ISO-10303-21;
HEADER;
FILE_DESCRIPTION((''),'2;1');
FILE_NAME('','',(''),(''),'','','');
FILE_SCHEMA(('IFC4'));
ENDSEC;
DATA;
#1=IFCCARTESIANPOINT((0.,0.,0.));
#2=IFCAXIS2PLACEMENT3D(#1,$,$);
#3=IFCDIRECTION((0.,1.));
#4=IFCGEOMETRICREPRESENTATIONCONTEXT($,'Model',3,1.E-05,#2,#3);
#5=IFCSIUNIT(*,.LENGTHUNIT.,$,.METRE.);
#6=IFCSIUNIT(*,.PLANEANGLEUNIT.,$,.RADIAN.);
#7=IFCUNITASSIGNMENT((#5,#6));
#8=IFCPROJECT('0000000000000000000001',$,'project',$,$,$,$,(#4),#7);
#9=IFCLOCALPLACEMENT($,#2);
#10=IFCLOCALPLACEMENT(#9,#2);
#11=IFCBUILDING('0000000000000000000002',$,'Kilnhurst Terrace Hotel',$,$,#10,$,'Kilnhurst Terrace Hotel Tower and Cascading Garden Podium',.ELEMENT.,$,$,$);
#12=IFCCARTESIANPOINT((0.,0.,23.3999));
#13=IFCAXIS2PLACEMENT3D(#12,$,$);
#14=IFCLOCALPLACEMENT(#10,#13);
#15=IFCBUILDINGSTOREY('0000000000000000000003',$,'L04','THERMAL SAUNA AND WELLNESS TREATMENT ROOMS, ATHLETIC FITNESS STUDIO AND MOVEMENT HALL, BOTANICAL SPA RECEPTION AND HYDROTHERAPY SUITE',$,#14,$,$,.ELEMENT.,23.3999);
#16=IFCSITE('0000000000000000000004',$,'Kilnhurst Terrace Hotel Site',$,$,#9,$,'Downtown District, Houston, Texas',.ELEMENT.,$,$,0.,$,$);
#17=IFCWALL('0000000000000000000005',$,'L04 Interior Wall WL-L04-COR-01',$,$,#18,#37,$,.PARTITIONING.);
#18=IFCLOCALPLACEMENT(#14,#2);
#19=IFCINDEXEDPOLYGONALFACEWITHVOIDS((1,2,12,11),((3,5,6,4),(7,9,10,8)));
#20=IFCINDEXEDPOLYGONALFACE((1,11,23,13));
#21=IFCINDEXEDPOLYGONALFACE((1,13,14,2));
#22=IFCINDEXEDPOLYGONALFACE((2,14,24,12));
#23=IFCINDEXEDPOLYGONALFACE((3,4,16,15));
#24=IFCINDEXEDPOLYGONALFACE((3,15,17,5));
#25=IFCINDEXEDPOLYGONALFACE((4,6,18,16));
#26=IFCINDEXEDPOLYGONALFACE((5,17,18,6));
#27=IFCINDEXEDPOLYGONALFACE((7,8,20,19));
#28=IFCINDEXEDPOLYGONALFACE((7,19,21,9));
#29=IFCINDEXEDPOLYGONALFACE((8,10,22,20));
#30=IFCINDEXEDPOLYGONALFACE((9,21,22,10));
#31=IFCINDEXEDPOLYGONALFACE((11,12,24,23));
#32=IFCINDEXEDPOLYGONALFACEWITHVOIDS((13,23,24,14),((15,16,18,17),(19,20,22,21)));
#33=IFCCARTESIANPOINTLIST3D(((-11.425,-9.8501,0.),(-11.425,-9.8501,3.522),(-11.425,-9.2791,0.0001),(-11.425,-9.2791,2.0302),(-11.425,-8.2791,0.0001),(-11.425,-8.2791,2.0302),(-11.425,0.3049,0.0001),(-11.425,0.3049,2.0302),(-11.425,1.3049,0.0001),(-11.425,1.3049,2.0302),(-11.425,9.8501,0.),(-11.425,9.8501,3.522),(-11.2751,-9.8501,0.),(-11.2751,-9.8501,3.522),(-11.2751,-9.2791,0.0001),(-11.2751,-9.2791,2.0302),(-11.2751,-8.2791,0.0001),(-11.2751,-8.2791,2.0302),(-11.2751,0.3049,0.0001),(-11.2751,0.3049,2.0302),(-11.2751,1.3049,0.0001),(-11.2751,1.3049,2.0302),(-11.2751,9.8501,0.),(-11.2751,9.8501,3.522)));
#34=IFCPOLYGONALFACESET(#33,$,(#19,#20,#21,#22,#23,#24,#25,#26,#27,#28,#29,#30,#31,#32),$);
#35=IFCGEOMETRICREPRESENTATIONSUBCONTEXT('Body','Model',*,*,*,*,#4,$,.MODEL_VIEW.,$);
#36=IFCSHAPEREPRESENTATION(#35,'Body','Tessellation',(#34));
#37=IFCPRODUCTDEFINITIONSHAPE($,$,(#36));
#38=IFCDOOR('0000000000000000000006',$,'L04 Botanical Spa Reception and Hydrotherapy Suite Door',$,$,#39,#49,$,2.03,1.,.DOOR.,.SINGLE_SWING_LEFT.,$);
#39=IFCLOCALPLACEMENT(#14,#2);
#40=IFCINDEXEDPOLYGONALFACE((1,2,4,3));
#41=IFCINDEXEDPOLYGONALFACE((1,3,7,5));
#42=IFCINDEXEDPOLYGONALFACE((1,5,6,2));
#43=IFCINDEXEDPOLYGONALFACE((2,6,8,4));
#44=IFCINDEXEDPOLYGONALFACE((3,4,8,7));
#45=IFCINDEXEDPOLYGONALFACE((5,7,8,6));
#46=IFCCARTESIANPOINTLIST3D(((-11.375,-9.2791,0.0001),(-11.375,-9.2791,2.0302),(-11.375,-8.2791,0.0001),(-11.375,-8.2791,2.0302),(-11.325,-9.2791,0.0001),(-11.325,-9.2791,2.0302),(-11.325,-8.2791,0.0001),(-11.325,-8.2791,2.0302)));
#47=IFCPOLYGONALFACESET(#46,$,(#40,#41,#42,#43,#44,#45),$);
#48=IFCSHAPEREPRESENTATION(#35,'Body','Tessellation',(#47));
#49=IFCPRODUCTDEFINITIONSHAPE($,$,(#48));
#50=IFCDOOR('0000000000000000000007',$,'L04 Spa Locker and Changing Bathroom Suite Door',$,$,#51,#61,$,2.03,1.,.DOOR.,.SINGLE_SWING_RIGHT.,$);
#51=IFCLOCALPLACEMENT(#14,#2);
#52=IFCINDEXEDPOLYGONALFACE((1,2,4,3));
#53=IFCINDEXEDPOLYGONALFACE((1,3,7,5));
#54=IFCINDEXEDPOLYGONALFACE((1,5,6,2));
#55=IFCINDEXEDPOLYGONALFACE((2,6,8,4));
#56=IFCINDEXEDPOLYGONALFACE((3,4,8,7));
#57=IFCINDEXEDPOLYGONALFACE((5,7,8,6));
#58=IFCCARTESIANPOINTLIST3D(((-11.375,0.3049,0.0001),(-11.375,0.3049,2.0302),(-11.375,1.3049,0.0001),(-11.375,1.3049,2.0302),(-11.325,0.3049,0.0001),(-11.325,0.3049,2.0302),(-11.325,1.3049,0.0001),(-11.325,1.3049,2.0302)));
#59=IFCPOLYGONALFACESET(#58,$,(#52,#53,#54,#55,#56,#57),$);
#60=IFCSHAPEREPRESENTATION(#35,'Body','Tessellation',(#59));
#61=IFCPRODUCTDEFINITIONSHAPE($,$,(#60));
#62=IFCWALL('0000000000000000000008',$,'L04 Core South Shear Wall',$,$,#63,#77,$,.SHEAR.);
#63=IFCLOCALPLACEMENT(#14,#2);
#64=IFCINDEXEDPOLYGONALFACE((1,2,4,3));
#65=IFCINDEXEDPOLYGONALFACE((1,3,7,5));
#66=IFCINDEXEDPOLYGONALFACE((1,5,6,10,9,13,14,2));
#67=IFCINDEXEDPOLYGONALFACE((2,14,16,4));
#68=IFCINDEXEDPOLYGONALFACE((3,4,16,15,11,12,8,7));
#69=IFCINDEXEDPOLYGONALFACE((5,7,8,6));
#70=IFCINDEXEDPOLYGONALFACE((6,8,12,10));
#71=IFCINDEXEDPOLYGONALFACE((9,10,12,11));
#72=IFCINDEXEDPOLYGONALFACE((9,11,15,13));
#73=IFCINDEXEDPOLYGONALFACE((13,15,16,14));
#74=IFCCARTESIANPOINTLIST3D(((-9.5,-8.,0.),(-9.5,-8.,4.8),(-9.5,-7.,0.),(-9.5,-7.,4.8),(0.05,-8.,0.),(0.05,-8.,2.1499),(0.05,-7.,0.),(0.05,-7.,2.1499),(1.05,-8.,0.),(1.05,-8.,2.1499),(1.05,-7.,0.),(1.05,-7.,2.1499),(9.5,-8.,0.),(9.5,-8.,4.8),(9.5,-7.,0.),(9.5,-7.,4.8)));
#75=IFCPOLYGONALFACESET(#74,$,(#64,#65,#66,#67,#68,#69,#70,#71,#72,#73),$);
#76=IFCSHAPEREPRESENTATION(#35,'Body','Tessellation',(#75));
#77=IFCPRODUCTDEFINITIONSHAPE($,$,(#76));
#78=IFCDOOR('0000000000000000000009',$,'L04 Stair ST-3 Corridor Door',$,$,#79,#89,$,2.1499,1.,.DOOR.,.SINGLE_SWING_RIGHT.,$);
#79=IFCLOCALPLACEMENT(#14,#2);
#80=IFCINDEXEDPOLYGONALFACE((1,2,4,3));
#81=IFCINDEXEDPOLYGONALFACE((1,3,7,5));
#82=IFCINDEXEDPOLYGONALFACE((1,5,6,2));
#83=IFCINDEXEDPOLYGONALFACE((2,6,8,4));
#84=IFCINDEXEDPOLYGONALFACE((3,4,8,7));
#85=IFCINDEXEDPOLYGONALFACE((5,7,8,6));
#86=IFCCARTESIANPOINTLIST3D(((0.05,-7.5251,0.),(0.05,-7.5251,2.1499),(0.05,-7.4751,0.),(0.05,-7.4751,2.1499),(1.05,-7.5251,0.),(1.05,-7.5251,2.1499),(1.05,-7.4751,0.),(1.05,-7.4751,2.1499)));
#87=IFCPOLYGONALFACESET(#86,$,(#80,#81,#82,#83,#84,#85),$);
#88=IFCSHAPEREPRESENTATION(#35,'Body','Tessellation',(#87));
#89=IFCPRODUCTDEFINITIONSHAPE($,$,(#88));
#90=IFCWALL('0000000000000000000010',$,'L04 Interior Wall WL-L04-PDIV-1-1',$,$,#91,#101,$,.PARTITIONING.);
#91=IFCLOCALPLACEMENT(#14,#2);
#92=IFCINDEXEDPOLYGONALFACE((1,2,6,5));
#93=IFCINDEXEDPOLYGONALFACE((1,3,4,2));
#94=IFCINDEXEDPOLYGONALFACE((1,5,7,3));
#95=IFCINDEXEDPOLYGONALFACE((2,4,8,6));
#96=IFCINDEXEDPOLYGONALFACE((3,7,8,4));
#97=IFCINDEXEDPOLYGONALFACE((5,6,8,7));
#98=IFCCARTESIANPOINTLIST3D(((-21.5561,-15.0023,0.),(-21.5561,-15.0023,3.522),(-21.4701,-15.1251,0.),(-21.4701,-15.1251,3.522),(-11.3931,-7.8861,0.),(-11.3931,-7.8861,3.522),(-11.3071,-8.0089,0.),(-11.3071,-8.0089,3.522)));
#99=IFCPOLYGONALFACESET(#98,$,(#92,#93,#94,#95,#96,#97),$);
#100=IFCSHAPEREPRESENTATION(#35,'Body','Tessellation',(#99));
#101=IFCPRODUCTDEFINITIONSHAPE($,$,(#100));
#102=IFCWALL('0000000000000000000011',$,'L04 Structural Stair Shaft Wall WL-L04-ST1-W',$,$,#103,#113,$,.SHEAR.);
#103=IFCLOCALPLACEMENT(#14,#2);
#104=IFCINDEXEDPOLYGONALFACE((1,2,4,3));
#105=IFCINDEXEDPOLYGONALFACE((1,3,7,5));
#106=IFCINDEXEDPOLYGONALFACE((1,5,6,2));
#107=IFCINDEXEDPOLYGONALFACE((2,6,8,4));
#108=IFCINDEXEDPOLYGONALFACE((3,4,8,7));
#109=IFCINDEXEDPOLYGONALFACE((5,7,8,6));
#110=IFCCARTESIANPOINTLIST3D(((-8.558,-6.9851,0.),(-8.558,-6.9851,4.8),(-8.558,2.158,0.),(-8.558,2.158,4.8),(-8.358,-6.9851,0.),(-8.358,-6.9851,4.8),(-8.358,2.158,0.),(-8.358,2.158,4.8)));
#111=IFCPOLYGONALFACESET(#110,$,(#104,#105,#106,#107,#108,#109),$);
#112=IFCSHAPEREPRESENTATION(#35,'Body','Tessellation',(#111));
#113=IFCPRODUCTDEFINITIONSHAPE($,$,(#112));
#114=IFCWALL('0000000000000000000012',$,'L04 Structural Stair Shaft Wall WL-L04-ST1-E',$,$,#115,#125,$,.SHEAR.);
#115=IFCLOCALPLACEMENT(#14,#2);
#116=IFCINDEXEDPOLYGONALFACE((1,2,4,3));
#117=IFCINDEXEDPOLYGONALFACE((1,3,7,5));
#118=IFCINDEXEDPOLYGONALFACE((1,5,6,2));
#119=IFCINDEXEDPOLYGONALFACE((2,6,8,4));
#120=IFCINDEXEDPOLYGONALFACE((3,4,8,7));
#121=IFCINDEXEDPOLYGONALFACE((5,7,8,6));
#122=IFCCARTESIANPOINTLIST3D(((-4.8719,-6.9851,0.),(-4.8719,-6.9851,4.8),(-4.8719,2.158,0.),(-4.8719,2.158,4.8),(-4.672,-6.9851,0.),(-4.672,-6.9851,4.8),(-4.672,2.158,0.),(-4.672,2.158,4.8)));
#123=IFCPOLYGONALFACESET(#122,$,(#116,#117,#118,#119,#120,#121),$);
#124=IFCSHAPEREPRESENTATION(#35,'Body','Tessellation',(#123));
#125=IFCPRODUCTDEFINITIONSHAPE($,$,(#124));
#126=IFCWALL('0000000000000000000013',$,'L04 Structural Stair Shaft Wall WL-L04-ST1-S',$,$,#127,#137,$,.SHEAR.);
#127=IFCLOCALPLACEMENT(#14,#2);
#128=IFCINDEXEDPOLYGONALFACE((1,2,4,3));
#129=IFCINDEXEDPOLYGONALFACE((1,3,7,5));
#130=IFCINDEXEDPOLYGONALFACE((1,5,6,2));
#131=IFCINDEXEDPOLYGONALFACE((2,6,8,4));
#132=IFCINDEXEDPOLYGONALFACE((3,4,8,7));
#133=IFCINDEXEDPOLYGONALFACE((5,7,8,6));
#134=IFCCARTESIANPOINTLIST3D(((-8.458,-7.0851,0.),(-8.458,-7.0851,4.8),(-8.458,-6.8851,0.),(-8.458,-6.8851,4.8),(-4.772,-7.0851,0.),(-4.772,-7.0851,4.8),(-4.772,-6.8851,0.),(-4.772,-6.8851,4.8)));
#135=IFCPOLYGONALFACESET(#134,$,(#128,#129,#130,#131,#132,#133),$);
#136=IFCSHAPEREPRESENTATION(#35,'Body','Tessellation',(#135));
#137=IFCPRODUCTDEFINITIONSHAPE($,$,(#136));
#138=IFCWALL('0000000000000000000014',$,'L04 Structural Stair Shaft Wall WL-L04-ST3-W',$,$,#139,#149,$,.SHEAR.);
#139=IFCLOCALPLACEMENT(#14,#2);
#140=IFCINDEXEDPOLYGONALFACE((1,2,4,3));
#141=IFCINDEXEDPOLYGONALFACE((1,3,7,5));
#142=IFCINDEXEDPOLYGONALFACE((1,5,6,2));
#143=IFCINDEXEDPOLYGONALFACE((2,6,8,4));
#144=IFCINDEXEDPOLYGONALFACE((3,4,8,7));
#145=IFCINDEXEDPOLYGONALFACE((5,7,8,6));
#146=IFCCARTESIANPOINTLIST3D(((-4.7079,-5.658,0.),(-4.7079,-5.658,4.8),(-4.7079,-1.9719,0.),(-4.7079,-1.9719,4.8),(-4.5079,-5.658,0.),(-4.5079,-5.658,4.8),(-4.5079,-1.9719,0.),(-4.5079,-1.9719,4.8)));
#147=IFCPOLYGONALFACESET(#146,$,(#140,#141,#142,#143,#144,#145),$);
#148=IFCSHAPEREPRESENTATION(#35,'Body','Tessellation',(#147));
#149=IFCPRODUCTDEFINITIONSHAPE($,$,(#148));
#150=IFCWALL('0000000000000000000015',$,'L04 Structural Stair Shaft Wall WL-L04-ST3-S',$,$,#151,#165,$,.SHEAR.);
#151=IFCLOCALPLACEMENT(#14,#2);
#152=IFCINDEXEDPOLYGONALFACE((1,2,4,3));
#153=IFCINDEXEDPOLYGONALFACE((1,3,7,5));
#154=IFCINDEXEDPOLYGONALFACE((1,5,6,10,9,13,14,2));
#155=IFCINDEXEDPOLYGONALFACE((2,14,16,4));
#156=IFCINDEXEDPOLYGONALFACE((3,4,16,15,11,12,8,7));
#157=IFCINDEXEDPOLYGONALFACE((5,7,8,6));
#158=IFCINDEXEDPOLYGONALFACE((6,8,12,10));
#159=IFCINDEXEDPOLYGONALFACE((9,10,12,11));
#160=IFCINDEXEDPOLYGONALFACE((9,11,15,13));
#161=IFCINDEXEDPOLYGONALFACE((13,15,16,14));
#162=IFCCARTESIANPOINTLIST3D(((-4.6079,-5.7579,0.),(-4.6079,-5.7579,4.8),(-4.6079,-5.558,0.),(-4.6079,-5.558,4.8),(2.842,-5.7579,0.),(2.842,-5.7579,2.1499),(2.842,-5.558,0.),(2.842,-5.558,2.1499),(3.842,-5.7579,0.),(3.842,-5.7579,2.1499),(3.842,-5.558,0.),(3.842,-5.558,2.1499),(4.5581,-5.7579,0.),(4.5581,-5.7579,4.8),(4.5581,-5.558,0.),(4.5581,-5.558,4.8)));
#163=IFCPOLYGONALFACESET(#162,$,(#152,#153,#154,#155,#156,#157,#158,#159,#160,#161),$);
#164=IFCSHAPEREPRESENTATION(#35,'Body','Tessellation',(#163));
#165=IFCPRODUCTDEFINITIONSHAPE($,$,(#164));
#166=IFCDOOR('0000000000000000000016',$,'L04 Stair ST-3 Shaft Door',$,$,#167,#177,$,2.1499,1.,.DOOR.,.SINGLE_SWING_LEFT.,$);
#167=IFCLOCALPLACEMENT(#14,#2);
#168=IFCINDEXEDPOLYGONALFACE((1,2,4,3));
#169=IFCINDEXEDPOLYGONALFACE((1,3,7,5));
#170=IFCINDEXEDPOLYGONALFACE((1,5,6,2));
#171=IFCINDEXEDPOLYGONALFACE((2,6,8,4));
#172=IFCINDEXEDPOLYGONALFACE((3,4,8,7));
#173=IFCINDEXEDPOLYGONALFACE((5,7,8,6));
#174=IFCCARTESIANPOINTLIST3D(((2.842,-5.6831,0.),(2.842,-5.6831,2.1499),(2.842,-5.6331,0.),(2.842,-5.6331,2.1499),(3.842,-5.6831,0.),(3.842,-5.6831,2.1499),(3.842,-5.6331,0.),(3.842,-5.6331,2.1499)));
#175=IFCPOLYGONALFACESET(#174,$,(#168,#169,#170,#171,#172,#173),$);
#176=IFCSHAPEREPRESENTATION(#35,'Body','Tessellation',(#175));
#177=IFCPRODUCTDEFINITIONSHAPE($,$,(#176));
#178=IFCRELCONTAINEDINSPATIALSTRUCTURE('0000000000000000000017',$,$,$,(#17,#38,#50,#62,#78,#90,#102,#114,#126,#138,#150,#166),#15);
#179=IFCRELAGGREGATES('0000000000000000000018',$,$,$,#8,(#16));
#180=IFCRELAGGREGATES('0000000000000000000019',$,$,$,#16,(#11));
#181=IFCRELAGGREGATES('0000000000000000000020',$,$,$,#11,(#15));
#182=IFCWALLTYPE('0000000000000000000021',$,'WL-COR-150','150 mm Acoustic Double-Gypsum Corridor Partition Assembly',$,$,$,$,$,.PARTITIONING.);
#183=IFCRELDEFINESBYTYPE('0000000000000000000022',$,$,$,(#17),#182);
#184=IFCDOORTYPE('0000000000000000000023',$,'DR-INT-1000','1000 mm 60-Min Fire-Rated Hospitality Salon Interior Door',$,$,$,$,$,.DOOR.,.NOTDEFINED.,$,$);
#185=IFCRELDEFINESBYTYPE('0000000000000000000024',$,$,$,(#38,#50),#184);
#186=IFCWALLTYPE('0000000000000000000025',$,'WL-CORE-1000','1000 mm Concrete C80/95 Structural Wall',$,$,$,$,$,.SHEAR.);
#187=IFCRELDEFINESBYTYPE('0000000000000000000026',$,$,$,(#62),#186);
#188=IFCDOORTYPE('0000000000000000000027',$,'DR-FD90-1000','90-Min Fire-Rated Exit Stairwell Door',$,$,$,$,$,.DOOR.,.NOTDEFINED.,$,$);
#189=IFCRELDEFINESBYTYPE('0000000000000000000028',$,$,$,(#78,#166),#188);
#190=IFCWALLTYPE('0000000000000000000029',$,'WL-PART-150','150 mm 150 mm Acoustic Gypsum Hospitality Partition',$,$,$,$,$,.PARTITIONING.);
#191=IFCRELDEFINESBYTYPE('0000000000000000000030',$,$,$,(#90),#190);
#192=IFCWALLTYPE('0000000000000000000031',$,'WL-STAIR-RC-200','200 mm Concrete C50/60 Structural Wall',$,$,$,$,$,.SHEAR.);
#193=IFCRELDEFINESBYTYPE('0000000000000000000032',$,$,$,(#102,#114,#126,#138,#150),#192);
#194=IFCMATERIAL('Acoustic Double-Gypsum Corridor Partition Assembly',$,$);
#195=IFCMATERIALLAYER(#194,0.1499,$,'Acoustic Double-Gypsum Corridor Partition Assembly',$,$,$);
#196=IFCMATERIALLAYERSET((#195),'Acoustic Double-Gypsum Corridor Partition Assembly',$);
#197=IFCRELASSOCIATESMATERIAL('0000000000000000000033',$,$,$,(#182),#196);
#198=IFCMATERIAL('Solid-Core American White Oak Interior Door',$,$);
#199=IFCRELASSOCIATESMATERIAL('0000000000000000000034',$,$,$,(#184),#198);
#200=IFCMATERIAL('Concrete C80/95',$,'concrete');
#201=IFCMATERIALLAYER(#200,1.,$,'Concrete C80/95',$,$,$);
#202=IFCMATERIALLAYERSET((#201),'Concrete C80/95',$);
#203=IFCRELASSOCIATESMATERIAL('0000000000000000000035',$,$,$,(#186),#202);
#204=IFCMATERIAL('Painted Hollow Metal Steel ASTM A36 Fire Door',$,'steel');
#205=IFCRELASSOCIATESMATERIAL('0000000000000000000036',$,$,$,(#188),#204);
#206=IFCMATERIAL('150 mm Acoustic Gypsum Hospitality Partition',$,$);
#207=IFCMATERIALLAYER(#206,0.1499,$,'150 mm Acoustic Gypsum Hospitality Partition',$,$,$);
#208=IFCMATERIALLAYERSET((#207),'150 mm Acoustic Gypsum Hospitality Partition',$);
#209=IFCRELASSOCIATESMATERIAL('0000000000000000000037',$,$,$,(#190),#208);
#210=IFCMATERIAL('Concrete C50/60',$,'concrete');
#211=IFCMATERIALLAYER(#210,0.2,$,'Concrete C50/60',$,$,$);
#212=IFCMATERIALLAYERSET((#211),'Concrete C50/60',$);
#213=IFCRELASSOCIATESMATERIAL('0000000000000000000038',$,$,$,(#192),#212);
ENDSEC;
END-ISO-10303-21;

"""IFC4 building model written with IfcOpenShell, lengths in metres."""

from ifc_helpers import new_model, si_unit, direction, frame, frame_2d, origin, place, context, subcontext, project, spatial, rectangle, extrude, material, layer, layer_set, type_object, element, fill, save


model = new_model("IFC4")

# Units and contexts
model_context = context("Model", 3, precision=1e-05, world=origin(), true_north=direction((0.0, 1.0)))
body_context = subcontext(model_context, "Body", "Model", "MODEL_VIEW")
ifc_project = project(units=[si_unit("LENGTHUNIT", "METRE"), si_unit("PLANEANGLEUNIT", "RADIAN")], contexts=[model_context])

# Site, building, storey
site_placement = place(None, origin())
site = spatial("IfcSite", under=ifc_project, at=site_placement, Name="Kilnhurst Terrace Hotel Site", LongName="Downtown District, Houston, Texas", CompositionType="ELEMENT", RefElevation=0.0)
building_placement = place(site_placement, origin())
building = spatial("IfcBuilding", under=site, at=building_placement, Name="Kilnhurst Terrace Hotel", LongName="Kilnhurst Terrace Hotel Tower and Cascading Garden Podium", CompositionType="ELEMENT")
storey_placement = place(building_placement, frame((0.0, 0.0, 23.3999)))
storey = spatial("IfcBuildingStorey", under=building, at=storey_placement, Name="L04", Description="THERMAL SAUNA AND WELLNESS TREATMENT ROOMS, ATHLETIC FITNESS STUDIO AND MOVEMENT HALL, BOTANICAL SPA RECEPTION AND HYDROTHERAPY SUITE", CompositionType="ELEMENT", Elevation=23.3999)

# Shared definitions
ifc_material_1 = material(Name="Concrete C80/95", Category="concrete")

# Shared definitions
ifc_material_2 = material(Name="Concrete C50/60", Category="concrete")

# Wall, openings, doors
ifc_material_3 = material(Name="Acoustic Double-Gypsum Corridor Partition Assembly")
ifc_layer_1 = layer(ifc_material_3, 0.1499, Name="Acoustic Double-Gypsum Corridor Partition Assembly")
ifc_layer_set_1 = layer_set([ifc_layer_1], Name="Acoustic Double-Gypsum Corridor Partition Assembly")
wall_type_1 = type_object("IfcWallType", Name="WL-COR-150", Description="150 mm Acoustic Double-Gypsum Corridor Partition Assembly", PredefinedType="PARTITIONING", material=ifc_layer_set_1)
wall_1_placement = place(storey_placement, frame((-11.3501, -9.8501, 0.0), z_axis=(0.0, 0.0, 1.0), x_axis=(0.0, 1.0, 0.0)))
wall_1 = element("IfcWall", 1, at=wall_1_placement, inside=storey, type_object=wall_type_1, Name="L04 Interior Wall WL-L04-COR-01", PredefinedType="PARTITIONING", context=body_context, shape_type="SweptSolid", body=[
    extrude(rectangle(XDim=19.7002, YDim=0.1499, at=frame_2d((9.8501, 0.0))), origin(), (0.0, 0.0, 1.0), 3.522),
])
opening_1_placement = place(wall_1_placement, frame((0.571, 0.0, 0.0)))
opening_1 = element("IfcOpeningElement", 2, at=opening_1_placement, cuts=wall_1, PredefinedType="OPENING", context=body_context, shape_type="SweptSolid", body=[
    extrude(rectangle(XDim=1.0, YDim=2.03, at=frame_2d((0.5, 1.0151))), frame((0.0, 0.085, 0.0), z_axis=(0.0, -1.0, 0.0), x_axis=(1.0, 0.0, 0.0)), (0.0, 0.0, 1.0), 0.1699),
])
opening_2_placement = place(wall_1_placement, frame((10.155, 0.0, 0.0)))
opening_2 = element("IfcOpeningElement", 3, at=opening_2_placement, cuts=wall_1, PredefinedType="OPENING", context=body_context, shape_type="SweptSolid", body=[
    extrude(rectangle(XDim=1.0, YDim=2.03, at=frame_2d((0.5, 1.0151))), frame((0.0, 0.085, 0.0), z_axis=(0.0, -1.0, 0.0), x_axis=(1.0, 0.0, 0.0)), (0.0, 0.0, 1.0), 0.1699),
])
ifc_material_4 = material(Name="Solid-Core American White Oak Interior Door")
door_type_1 = type_object("IfcDoorType", Name="DR-INT-1000", Description="1000 mm 60-Min Fire-Rated Hospitality Salon Interior Door", OperationType="NOTDEFINED", PredefinedType="DOOR", material=ifc_material_4)
door_1_placement = place(opening_1_placement, origin())
door_1 = element("IfcDoor", 4, at=door_1_placement, inside=storey, type_object=door_type_1, Name="L04 Botanical Spa Reception and Hydrotherapy Suite Door", OperationType="SINGLE_SWING_LEFT", OverallHeight=2.03, OverallWidth=1.0, PredefinedType="DOOR", context=body_context, shape_type="SweptSolid", body=[
    extrude(rectangle(XDim=1.0, YDim=2.03, at=frame_2d((0.5, 1.0151))), frame((0.0, 0.0249, 0.0), z_axis=(0.0, -1.0, 0.0), x_axis=(1.0, 0.0, 0.0)), (0.0, 0.0, 1.0), 0.05),
])
fill(opening_1, door_1)
door_2_placement = place(opening_2_placement, origin())
door_2 = element("IfcDoor", 5, at=door_2_placement, inside=storey, type_object=door_type_1, Name="L04 Spa Locker and Changing Bathroom Suite Door", OperationType="SINGLE_SWING_RIGHT", OverallHeight=2.03, OverallWidth=1.0, PredefinedType="DOOR", context=body_context, shape_type="SweptSolid", body=[
    extrude(rectangle(XDim=1.0, YDim=2.03, at=frame_2d((0.5, 1.0151))), frame((0.0, 0.0249, 0.0), z_axis=(0.0, -1.0, 0.0), x_axis=(1.0, 0.0, 0.0)), (0.0, 0.0, 1.0), 0.05),
])
fill(opening_2, door_2)

# Wall, opening, door
ifc_layer_2 = layer(ifc_material_1, 1.0, Name="Concrete C80/95")
ifc_layer_set_2 = layer_set([ifc_layer_2], Name="Concrete C80/95")
wall_type_2 = type_object("IfcWallType", Name="WL-CORE-1000", Description="1000 mm Concrete C80/95 Structural Wall", PredefinedType="SHEAR", material=ifc_layer_set_2)
wall_2_placement = place(storey_placement, frame((-9.5, -7.5, 0.0), z_axis=(0.0, 0.0, 1.0), x_axis=(1.0, 0.0, 0.0)))
wall_2 = element("IfcWall", 6, at=wall_2_placement, inside=storey, type_object=wall_type_2, Name="L04 Core South Shear Wall", PredefinedType="SHEAR", context=body_context, shape_type="SweptSolid", body=[
    extrude(rectangle(XDim=19.0, YDim=1.0, at=frame_2d((9.5, 0.0))), origin(), (0.0, 0.0, 1.0), 4.8),
])
opening_3_placement = place(wall_2_placement, frame((9.55, 0.0, 0.0)))
opening_3 = element("IfcOpeningElement", 7, at=opening_3_placement, cuts=wall_2, PredefinedType="OPENING", context=body_context, shape_type="SweptSolid", body=[
    extrude(rectangle(XDim=1.0, YDim=2.1499, at=frame_2d((0.5, 1.075))), frame((0.0, 0.51, 0.0), z_axis=(0.0, -1.0, 0.0), x_axis=(1.0, 0.0, 0.0)), (0.0, 0.0, 1.0), 1.02),
])
ifc_material_5 = material(Name="Painted Hollow Metal Steel ASTM A36 Fire Door", Category="steel")
door_type_2 = type_object("IfcDoorType", Name="DR-FD90-1000", Description="90-Min Fire-Rated Exit Stairwell Door", OperationType="NOTDEFINED", PredefinedType="DOOR", material=ifc_material_5)
door_3_placement = place(opening_3_placement, origin())
door_3 = element("IfcDoor", 8, at=door_3_placement, inside=storey, type_object=door_type_2, Name="L04 Stair ST-3 Corridor Door", OperationType="SINGLE_SWING_RIGHT", OverallHeight=2.1499, OverallWidth=1.0, PredefinedType="DOOR", context=body_context, shape_type="SweptSolid", body=[
    extrude(rectangle(XDim=1.0, YDim=2.1499, at=frame_2d((0.5, 1.075))), frame((0.0, 0.0249, 0.0), z_axis=(0.0, -1.0, 0.0), x_axis=(1.0, 0.0, 0.0)), (0.0, 0.0, 1.0), 0.05),
])
fill(opening_3, door_3)

# Walls
ifc_material_6 = material(Name="150 mm Acoustic Gypsum Hospitality Partition")
ifc_layer_3 = layer(ifc_material_6, 0.1499, Name="150 mm Acoustic Gypsum Hospitality Partition")
ifc_layer_set_3 = layer_set([ifc_layer_3], Name="150 mm Acoustic Gypsum Hospitality Partition")
wall_type_3 = type_object("IfcWallType", Name="WL-PART-150", Description="150 mm 150 mm Acoustic Gypsum Hospitality Partition", PredefinedType="PARTITIONING", material=ifc_layer_set_3)
wall_3_placement = place(storey_placement, frame((-11.3501, -7.9475, 0.0), z_axis=(0.0, 0.0, 1.0), x_axis=(-0.819154, -0.573573, 0.0)))
element("IfcWall", 9, at=wall_3_placement, inside=storey, type_object=wall_type_3, Name="L04 Interior Wall WL-L04-PDIV-1-1", PredefinedType="PARTITIONING", context=body_context, shape_type="SweptSolid", body=[
    extrude(rectangle(XDim=12.4067, YDim=0.1499, at=frame_2d((6.2034, 0.0))), origin(), (0.0, 0.0, 1.0), 3.522),
])
ifc_layer_4 = layer(ifc_material_2, 0.2, Name="Concrete C50/60")
ifc_layer_set_4 = layer_set([ifc_layer_4], Name="Concrete C50/60")
wall_type_4 = type_object("IfcWallType", Name="WL-STAIR-RC-200", Description="200 mm Concrete C50/60 Structural Wall", PredefinedType="SHEAR", material=ifc_layer_set_4)
for number, where, z_axis, x_axis, name in (
    (10, (-8.458, -6.9851, 0.0), (0.0, 0.0, 1.0), (0.0, 1.0, 0.0), "L04 Structural Stair Shaft Wall WL-L04-ST1-W"),
    (11, (-4.772, -6.9851, 0.0), (0.0, 0.0, 1.0), (0.0, 1.0, 0.0), "L04 Structural Stair Shaft Wall WL-L04-ST1-E"),
):
    element("IfcWall", number, at=place(storey_placement, frame(where, z_axis=z_axis, x_axis=x_axis)), inside=storey, type_object=wall_type_4, Name=name, PredefinedType="SHEAR", context=body_context, shape_type="SweptSolid", body=[
        extrude(rectangle(XDim=9.1431, YDim=0.2, at=frame_2d((4.5715, 0.0))), origin(), (0.0, 0.0, 1.0), 4.8),
    ])
for number, where, z_axis, x_axis, name in (
    (12, (-8.458, -6.9851, 0.0), (0.0, 0.0, 1.0), (1.0, 0.0, 0.0), "L04 Structural Stair Shaft Wall WL-L04-ST1-S"),
    (13, (-4.6079, -5.658, 0.0), (0.0, 0.0, 1.0), (0.0, 1.0, 0.0), "L04 Structural Stair Shaft Wall WL-L04-ST3-W"),
):
    element("IfcWall", number, at=place(storey_placement, frame(where, z_axis=z_axis, x_axis=x_axis)), inside=storey, type_object=wall_type_4, Name=name, PredefinedType="SHEAR", context=body_context, shape_type="SweptSolid", body=[
        extrude(rectangle(XDim=3.686, YDim=0.2, at=frame_2d((1.843, 0.0))), origin(), (0.0, 0.0, 1.0), 4.8),
    ])

# Wall, opening, door
wall_4_placement = place(storey_placement, frame((-4.6079, -5.658, 0.0), z_axis=(0.0, 0.0, 1.0), x_axis=(1.0, 0.0, 0.0)))
wall_4 = element("IfcWall", 14, at=wall_4_placement, inside=storey, type_object=wall_type_4, Name="L04 Structural Stair Shaft Wall WL-L04-ST3-S", PredefinedType="SHEAR", context=body_context, shape_type="SweptSolid", body=[
    extrude(rectangle(XDim=9.166, YDim=0.2, at=frame_2d((4.583, 0.0))), origin(), (0.0, 0.0, 1.0), 4.8),
])
opening_4_placement = place(wall_4_placement, frame((7.45, 0.0, 0.0)))
opening_4 = element("IfcOpeningElement", 15, at=opening_4_placement, cuts=wall_4, PredefinedType="OPENING", context=body_context, shape_type="SweptSolid", body=[
    extrude(rectangle(XDim=1.0, YDim=2.1499, at=frame_2d((0.5, 1.075))), frame((0.0, 0.1099, 0.0), z_axis=(0.0, -1.0, 0.0), x_axis=(1.0, 0.0, 0.0)), (0.0, 0.0, 1.0), 0.22),
])
door_4_placement = place(opening_4_placement, origin())
door_4 = element("IfcDoor", 16, at=door_4_placement, inside=storey, type_object=door_type_2, Name="L04 Stair ST-3 Shaft Door", OperationType="SINGLE_SWING_LEFT", OverallHeight=2.1499, OverallWidth=1.0, PredefinedType="DOOR", context=body_context, shape_type="SweptSolid", body=[
    extrude(rectangle(XDim=1.0, YDim=2.1499, at=frame_2d((0.5, 1.075))), frame((0.0, 0.0249, 0.0), z_axis=(0.0, -1.0, 0.0), x_axis=(1.0, 0.0, 0.0)), (0.0, 0.0, 1.0), 0.05),
])
fill(opening_4, door_4)

save(model, "model.ifc")
